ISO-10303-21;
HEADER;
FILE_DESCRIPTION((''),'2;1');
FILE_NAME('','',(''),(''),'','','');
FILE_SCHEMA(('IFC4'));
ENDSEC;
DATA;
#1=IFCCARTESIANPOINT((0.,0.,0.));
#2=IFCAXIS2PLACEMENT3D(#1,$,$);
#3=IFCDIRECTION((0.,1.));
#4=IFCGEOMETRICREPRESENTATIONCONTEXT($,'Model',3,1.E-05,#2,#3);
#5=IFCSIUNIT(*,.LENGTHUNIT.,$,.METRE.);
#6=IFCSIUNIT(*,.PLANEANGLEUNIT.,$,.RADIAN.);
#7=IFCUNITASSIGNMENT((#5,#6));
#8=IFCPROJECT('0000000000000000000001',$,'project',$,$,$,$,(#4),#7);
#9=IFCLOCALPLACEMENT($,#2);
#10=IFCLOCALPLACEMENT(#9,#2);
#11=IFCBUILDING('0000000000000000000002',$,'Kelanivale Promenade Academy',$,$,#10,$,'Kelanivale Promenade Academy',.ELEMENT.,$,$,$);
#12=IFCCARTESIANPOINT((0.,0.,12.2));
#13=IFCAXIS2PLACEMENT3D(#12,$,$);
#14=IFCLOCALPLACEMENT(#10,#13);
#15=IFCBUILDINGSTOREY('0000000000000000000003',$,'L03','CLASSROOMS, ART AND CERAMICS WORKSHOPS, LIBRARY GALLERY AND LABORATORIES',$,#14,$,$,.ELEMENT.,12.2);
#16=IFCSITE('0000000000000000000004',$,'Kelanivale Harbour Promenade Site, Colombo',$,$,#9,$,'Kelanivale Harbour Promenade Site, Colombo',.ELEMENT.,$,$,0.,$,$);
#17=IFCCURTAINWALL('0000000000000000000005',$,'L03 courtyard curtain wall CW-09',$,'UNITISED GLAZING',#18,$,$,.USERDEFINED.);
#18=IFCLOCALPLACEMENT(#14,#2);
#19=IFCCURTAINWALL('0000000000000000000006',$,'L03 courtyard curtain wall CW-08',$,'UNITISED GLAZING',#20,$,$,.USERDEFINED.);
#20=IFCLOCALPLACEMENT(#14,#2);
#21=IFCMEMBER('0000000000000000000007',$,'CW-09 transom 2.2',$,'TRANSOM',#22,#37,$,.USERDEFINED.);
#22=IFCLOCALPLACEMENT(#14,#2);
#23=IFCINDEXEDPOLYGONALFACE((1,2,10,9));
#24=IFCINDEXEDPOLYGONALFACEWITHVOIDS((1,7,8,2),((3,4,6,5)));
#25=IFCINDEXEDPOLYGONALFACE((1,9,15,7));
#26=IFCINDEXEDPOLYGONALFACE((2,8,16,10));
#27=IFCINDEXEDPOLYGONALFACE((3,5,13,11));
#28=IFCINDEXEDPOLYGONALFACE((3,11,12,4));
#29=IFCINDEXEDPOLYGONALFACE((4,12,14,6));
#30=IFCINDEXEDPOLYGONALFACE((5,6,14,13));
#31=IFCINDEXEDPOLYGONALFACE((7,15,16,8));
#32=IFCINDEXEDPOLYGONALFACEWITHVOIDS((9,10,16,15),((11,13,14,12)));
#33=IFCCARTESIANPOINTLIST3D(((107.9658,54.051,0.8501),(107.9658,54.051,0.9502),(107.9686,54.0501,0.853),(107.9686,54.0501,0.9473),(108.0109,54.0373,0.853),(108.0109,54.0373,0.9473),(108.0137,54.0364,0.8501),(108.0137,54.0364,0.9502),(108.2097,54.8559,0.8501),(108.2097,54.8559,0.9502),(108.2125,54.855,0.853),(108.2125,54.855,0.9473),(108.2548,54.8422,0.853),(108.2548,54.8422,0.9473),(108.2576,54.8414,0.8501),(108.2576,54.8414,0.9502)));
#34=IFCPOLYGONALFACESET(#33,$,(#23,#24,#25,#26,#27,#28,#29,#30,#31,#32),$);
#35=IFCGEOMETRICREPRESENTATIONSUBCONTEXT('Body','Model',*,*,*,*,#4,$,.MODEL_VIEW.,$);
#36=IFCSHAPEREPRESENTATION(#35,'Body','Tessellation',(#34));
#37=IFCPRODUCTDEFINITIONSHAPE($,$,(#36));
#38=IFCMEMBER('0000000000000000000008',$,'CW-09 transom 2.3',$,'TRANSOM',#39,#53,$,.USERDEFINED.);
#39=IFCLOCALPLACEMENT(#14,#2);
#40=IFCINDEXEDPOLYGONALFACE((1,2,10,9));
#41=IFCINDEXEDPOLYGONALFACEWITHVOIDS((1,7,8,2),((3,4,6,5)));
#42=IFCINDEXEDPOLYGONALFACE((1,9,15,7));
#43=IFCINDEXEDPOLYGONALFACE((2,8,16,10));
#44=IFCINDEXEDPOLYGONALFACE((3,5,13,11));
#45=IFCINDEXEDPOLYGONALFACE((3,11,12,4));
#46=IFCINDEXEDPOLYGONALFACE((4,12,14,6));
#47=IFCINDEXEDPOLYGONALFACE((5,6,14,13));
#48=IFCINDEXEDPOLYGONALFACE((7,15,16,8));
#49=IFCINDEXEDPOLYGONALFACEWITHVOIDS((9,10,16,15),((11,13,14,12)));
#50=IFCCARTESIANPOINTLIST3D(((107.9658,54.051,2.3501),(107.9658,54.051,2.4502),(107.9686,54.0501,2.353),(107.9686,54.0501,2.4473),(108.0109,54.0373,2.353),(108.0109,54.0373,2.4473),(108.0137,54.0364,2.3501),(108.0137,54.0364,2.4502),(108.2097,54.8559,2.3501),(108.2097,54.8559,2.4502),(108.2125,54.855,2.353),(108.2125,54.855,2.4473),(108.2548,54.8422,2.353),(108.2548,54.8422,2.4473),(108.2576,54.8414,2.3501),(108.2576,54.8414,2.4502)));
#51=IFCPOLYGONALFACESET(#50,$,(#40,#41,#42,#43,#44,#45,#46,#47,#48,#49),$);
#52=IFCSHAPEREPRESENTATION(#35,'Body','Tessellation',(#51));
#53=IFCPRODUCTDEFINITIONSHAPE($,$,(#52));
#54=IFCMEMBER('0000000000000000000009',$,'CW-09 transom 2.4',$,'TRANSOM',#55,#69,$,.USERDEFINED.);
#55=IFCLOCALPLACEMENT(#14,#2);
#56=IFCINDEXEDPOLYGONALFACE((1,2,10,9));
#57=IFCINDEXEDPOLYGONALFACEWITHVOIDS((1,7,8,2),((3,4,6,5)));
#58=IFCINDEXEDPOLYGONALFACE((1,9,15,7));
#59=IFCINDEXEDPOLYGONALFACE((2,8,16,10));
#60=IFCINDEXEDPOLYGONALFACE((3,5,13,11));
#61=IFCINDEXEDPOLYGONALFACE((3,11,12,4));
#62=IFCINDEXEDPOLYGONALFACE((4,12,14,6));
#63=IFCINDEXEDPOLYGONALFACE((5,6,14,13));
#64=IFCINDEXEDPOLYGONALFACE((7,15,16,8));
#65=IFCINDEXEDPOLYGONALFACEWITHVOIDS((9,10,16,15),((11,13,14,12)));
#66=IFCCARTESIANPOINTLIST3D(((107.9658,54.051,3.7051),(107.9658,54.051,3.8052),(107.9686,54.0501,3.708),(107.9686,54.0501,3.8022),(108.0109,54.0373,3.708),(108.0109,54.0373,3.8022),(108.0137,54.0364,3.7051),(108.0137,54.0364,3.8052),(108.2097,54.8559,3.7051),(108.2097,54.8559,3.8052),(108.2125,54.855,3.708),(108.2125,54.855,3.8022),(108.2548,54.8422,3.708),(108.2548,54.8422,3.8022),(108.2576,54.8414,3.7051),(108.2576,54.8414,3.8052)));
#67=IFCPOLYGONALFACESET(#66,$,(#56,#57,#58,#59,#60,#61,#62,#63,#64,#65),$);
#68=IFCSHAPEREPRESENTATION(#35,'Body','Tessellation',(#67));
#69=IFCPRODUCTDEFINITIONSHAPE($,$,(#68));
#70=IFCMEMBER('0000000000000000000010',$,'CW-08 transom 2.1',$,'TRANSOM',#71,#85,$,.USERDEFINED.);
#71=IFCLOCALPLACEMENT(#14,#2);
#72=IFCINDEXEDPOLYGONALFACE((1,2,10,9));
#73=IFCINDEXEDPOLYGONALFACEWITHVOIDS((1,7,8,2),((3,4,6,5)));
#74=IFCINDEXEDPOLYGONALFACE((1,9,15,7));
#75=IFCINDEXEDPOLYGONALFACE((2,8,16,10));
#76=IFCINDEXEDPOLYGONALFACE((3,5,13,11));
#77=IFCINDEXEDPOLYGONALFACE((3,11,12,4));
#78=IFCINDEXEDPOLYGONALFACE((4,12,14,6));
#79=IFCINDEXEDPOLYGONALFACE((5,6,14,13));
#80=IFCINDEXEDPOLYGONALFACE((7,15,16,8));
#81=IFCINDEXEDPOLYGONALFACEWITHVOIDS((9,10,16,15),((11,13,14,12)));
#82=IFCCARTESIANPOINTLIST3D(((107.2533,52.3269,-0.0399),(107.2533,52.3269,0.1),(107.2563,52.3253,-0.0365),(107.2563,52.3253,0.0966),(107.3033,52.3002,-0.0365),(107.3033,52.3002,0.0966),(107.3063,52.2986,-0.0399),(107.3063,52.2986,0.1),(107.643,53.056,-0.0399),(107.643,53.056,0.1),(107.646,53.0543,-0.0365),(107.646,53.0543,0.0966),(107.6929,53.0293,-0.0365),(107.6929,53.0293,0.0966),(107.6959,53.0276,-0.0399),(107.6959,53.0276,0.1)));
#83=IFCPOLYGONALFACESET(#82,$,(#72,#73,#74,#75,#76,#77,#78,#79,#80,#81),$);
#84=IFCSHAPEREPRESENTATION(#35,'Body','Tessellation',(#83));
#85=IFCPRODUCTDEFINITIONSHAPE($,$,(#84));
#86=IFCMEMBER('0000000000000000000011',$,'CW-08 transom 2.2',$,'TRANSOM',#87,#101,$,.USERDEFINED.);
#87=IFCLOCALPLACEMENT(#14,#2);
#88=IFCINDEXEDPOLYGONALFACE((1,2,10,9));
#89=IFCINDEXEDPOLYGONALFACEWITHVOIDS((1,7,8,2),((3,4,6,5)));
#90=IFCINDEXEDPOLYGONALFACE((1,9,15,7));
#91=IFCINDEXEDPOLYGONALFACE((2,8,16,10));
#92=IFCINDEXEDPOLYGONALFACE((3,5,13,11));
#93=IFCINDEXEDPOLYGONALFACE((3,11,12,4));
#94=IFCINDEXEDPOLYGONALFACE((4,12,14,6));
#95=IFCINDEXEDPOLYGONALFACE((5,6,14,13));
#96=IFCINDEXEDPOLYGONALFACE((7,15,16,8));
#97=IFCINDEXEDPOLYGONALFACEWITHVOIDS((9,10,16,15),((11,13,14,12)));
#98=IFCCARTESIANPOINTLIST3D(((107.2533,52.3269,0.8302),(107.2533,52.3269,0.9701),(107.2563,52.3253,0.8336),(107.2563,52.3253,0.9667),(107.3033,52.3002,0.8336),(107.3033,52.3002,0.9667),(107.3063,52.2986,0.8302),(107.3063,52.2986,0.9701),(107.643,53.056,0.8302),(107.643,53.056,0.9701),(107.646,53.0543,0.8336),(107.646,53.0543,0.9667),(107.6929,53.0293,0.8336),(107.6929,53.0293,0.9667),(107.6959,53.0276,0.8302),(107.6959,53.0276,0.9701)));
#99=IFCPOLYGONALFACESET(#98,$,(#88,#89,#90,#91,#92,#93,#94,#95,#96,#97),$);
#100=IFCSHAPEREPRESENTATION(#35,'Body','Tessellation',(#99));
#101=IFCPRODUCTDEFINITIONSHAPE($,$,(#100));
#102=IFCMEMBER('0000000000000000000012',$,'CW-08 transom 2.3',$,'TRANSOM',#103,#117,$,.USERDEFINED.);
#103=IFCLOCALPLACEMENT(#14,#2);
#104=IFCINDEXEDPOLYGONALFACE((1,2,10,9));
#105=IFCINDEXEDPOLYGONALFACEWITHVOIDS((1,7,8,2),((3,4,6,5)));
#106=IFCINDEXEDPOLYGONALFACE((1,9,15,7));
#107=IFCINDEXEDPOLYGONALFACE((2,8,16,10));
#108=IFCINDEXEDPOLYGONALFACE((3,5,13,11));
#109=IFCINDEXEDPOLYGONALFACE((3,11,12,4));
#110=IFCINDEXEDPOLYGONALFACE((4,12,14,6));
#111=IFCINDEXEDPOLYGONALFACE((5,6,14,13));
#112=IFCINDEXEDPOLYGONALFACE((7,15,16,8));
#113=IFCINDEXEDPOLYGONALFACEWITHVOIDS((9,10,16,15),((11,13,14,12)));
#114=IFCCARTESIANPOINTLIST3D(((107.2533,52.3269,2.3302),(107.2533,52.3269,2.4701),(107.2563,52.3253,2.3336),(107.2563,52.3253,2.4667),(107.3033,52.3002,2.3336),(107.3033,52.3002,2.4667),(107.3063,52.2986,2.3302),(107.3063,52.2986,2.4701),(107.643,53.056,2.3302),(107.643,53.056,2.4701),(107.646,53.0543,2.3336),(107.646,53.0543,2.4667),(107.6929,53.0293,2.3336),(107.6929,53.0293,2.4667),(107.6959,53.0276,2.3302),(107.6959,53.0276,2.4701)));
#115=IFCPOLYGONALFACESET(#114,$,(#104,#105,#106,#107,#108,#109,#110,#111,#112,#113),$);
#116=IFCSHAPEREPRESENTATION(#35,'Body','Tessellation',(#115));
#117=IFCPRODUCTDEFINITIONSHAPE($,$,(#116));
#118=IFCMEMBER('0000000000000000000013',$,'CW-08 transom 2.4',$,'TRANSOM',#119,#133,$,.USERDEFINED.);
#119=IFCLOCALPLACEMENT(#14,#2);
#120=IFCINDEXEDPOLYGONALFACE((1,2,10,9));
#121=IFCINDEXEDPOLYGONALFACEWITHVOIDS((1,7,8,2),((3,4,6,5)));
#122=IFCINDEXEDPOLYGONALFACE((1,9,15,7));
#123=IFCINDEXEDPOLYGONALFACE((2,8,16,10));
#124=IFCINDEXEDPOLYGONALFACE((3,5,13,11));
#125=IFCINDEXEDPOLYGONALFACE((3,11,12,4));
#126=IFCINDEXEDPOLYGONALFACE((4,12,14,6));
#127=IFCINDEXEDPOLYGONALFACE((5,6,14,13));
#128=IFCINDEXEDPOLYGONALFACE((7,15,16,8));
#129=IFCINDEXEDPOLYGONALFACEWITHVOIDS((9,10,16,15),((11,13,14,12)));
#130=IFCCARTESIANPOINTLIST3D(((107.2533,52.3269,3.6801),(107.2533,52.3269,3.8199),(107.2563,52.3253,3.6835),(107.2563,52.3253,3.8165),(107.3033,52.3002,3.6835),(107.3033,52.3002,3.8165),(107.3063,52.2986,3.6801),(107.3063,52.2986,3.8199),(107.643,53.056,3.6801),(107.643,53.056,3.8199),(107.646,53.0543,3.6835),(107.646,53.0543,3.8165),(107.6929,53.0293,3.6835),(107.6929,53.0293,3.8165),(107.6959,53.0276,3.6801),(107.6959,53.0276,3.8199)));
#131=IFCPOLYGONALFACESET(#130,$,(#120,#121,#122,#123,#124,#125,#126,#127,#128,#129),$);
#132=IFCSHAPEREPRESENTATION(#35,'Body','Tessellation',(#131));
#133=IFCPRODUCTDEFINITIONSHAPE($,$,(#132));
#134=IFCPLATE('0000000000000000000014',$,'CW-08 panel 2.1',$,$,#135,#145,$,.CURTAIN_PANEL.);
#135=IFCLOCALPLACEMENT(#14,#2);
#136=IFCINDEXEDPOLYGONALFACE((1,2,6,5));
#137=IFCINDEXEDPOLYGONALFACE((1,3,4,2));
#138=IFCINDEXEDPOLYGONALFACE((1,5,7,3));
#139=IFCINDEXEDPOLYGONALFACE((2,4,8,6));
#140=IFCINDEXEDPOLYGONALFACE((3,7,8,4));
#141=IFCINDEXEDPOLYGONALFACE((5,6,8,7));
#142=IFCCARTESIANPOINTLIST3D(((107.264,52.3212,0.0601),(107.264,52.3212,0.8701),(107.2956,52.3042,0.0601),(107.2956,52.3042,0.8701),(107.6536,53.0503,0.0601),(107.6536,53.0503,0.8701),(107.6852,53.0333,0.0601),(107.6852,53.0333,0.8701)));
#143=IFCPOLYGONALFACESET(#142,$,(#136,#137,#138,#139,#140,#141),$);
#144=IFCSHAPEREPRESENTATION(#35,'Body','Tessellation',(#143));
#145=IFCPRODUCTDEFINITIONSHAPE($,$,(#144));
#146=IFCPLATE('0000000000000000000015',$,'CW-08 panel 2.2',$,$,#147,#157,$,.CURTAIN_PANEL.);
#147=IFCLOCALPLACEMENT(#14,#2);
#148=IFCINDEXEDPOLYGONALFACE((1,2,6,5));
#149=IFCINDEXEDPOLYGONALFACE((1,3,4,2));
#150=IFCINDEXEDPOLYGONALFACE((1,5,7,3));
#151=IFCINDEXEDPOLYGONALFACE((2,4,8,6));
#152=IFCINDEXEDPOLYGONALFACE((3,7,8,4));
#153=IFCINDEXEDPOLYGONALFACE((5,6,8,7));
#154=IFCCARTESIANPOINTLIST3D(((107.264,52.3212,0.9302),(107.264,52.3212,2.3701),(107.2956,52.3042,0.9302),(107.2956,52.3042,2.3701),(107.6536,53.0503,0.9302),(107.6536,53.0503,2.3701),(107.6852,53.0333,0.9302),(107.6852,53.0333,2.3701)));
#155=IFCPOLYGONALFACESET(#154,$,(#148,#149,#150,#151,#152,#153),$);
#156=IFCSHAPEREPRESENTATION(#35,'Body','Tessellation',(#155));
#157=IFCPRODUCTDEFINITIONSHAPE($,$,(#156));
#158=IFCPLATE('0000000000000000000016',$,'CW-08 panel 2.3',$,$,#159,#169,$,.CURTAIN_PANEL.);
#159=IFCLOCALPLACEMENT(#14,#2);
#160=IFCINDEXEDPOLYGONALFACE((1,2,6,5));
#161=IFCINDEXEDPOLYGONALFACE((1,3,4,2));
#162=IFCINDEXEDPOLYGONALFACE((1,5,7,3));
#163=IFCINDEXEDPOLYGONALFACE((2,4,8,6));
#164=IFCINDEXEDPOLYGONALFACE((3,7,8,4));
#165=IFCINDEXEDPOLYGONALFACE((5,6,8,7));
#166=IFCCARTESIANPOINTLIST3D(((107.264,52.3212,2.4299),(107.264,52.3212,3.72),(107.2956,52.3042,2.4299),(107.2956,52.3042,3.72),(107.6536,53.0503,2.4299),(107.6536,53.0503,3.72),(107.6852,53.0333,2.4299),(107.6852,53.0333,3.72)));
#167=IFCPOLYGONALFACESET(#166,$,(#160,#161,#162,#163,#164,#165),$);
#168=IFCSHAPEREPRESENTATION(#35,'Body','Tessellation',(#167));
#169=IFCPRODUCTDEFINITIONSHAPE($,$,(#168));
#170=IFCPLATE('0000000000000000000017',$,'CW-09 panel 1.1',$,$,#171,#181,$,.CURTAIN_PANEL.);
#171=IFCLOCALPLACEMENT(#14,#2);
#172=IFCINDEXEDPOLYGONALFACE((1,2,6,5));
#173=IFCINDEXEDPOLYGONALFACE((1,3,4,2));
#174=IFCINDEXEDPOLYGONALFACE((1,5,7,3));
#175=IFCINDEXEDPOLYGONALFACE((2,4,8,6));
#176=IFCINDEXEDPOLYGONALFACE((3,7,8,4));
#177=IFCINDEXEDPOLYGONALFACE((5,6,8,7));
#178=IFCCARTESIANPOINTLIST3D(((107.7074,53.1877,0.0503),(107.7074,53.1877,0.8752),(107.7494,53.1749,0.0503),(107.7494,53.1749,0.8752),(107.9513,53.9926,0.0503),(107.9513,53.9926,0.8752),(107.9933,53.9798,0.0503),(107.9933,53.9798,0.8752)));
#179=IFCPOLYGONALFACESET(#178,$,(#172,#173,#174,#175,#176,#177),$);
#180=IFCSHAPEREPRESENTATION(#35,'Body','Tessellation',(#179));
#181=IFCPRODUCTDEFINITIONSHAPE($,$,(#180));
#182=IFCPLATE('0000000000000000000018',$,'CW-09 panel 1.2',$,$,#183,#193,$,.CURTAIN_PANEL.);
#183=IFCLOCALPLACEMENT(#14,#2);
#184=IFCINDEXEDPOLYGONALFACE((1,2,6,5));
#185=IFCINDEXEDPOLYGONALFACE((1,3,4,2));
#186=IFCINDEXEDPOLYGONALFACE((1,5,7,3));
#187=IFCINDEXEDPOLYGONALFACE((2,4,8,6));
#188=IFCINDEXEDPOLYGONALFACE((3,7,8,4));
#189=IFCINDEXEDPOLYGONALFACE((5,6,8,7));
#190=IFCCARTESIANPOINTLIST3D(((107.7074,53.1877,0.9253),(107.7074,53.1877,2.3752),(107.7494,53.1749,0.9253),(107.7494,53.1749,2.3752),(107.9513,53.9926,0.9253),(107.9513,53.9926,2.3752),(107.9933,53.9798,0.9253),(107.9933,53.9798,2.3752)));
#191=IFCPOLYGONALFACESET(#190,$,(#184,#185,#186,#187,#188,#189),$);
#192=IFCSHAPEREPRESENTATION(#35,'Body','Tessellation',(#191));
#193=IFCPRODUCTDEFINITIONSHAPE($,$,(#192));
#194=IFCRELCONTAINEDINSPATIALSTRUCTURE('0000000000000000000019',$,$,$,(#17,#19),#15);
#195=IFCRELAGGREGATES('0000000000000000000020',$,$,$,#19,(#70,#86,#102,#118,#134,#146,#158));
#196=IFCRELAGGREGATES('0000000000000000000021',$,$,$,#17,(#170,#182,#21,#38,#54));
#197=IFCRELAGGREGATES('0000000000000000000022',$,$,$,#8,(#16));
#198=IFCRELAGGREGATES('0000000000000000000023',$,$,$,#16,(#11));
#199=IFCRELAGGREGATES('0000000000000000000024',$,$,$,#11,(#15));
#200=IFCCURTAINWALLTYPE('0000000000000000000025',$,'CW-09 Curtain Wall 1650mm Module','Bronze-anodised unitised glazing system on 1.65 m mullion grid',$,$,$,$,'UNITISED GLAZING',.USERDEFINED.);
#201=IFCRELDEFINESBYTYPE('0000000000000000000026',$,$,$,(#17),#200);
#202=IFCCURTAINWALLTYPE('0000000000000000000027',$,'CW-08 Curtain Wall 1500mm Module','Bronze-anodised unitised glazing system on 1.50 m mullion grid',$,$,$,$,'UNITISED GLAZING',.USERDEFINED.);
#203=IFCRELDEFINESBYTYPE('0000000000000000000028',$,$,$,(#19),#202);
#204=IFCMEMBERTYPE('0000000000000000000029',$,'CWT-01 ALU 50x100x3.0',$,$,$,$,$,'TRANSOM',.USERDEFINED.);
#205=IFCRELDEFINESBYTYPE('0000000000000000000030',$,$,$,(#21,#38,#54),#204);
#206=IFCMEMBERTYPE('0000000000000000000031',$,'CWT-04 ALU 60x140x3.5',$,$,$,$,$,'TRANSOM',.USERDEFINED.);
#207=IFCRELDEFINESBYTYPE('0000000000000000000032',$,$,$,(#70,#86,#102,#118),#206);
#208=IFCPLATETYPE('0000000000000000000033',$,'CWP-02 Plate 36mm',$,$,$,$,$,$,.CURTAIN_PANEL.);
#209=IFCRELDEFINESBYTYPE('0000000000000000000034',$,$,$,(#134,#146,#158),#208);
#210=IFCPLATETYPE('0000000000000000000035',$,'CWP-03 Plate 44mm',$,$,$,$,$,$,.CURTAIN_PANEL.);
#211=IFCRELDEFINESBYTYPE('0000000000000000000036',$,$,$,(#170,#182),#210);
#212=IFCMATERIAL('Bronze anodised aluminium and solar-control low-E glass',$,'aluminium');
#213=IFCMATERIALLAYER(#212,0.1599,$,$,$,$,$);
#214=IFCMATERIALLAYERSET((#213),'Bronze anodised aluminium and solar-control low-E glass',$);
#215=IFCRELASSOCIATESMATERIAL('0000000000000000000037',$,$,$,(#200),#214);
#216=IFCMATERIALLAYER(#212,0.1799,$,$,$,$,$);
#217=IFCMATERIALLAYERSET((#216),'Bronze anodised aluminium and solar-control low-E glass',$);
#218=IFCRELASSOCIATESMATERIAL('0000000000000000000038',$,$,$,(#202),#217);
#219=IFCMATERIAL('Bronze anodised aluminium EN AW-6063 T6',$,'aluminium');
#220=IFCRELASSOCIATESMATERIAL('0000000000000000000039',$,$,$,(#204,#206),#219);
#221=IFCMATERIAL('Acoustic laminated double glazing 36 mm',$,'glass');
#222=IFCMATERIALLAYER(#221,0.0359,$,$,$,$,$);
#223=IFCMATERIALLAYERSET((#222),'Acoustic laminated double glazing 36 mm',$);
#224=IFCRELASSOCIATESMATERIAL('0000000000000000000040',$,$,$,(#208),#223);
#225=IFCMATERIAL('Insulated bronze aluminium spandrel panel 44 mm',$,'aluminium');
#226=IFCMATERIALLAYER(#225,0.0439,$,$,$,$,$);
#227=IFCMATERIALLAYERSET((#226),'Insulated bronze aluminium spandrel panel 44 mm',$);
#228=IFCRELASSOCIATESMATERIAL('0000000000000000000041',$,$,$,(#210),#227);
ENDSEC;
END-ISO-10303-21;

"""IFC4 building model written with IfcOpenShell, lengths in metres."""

from ifc_helpers import new_model, si_unit, direction, frame, origin, origin_2d, place, context, subcontext, project, spatial, rectangle, hollow_rectangle, extrude, material, layer, layer_set, material_profile, profile_set, type_object, element, aggregate, save


model = new_model("IFC4")

# Units and contexts
model_context = context("Model", 3, precision=1e-05, world=origin(), true_north=direction((0.0, 1.0)))
body_context = subcontext(model_context, "Body", "Model", "MODEL_VIEW")
ifc_project = project(units=[si_unit("LENGTHUNIT", "METRE"), si_unit("PLANEANGLEUNIT", "RADIAN")], contexts=[model_context])

# Site, building, storey
site_placement = place(None, origin())
site = spatial("IfcSite", under=ifc_project, at=site_placement, Name="Kelanivale Harbour Promenade Site, Colombo", LongName="Kelanivale Harbour Promenade Site, Colombo", CompositionType="ELEMENT", RefElevation=0.0)
building_placement = place(site_placement, origin())
building = spatial("IfcBuilding", under=site, at=building_placement, Name="Kelanivale Promenade Academy", LongName="Kelanivale Promenade Academy", CompositionType="ELEMENT")
storey_placement = place(building_placement, frame((0.0, 0.0, 12.2)))
storey = spatial("IfcBuildingStorey", under=building, at=storey_placement, Name="L03", Description="CLASSROOMS, ART AND CERAMICS WORKSHOPS, LIBRARY GALLERY AND LABORATORIES", CompositionType="ELEMENT", Elevation=12.2)

# Curtain wall
ifc_material_1 = material(Name="Bronze anodised aluminium and solar-control low-E glass", Category="aluminium")
ifc_layer_1 = layer(ifc_material_1, 0.1599)
ifc_layer_set_1 = layer_set([ifc_layer_1], Name="Bronze anodised aluminium and solar-control low-E glass")
curtain_wall_type_1 = type_object("IfcCurtainWallType", Name="CW-09 Curtain Wall 1650mm Module", Description="Bronze-anodised unitised glazing system on 1.65 m mullion grid", ElementType="UNITISED GLAZING", PredefinedType="USERDEFINED", material=ifc_layer_set_1)
curtain_wall_1_placement = place(storey_placement, origin())
curtain_wall_1 = element("IfcCurtainWall", 1, at=curtain_wall_1_placement, inside=storey, type_object=curtain_wall_type_1, Name="L03 courtyard curtain wall CW-09", ObjectType="UNITISED GLAZING", PredefinedType="USERDEFINED")
ifc_material_2 = material(Name="Bronze anodised aluminium EN AW-6063 T6", Category="aluminium")

# Curtain wall
ifc_layer_2 = layer(ifc_material_1, 0.1799)
ifc_layer_set_2 = layer_set([ifc_layer_2], Name="Bronze anodised aluminium and solar-control low-E glass")
curtain_wall_type_2 = type_object("IfcCurtainWallType", Name="CW-08 Curtain Wall 1500mm Module", Description="Bronze-anodised unitised glazing system on 1.50 m mullion grid", ElementType="UNITISED GLAZING", PredefinedType="USERDEFINED", material=ifc_layer_set_2)
curtain_wall_2_placement = place(storey_placement, origin())
curtain_wall_2 = element("IfcCurtainWall", 2, at=curtain_wall_2_placement, inside=storey, type_object=curtain_wall_type_2, Name="L03 courtyard curtain wall CW-08", ObjectType="UNITISED GLAZING", PredefinedType="USERDEFINED")

# Members
ifc_material_profile_1 = material_profile(ifc_material_2, hollow_rectangle(XDim=0.05, YDim=0.1001, WallThickness=0.0029, at=origin_2d()), Name="ALU 50x100x3.0")
ifc_profile_set_1 = profile_set([ifc_material_profile_1], Name="Bronze anodised aluminium EN AW-6063 T6")
member_type_1 = type_object("IfcMemberType", Name="CWT-01 ALU 50x100x3.0", ElementType="TRANSOM", PredefinedType="USERDEFINED", material=ifc_profile_set_1)
member_1_placement = place(storey_placement, frame((107.9897, 54.0437, 0.9001), z_axis=(0.289983, 0.957032, 0.0), x_axis=(-0.957032, 0.289983, 0.0)))
member_1 = element("IfcMember", 3, at=member_1_placement, type_object=member_type_1, Name="CW-09 transom 2.2", ObjectType="TRANSOM", PredefinedType="USERDEFINED", context=body_context, shape_type="SweptSolid", body=[
    extrude(hollow_rectangle(XDim=0.05, YDim=0.1001, WallThickness=0.0029, at=origin_2d()), origin(), (0.0, 0.0, 1.0), 0.8411),
])
member_2_placement = place(storey_placement, frame((107.9897, 54.0437, 2.4001), z_axis=(0.289983, 0.957032, 0.0), x_axis=(-0.957032, 0.289983, 0.0)))
member_2 = element("IfcMember", 4, at=member_2_placement, type_object=member_type_1, Name="CW-09 transom 2.3", ObjectType="TRANSOM", PredefinedType="USERDEFINED", context=body_context, shape_type="SweptSolid", body=[
    extrude(hollow_rectangle(XDim=0.05, YDim=0.1001, WallThickness=0.0029, at=origin_2d()), origin(), (0.0, 0.0, 1.0), 0.8411),
])
member_3_placement = place(storey_placement, frame((107.9897, 54.0437, 3.7551), z_axis=(0.289983, 0.957032, 0.0), x_axis=(-0.957032, 0.289983, 0.0)))
member_3 = element("IfcMember", 5, at=member_3_placement, type_object=member_type_1, Name="CW-09 transom 2.4", ObjectType="TRANSOM", PredefinedType="USERDEFINED", context=body_context, shape_type="SweptSolid", body=[
    extrude(hollow_rectangle(XDim=0.05, YDim=0.1001, WallThickness=0.0029, at=origin_2d()), origin(), (0.0, 0.0, 1.0), 0.8411),
])
ifc_material_profile_2 = material_profile(ifc_material_2, hollow_rectangle(XDim=0.0601, YDim=0.1399, WallThickness=0.0034, at=origin_2d()), Name="ALU 60x140x3.5")
ifc_profile_set_2 = profile_set([ifc_material_profile_2], Name="Bronze anodised aluminium EN AW-6063 T6")
member_type_2 = type_object("IfcMemberType", Name="CWT-04 ALU 60x140x3.5", ElementType="TRANSOM", PredefinedType="USERDEFINED", material=ifc_profile_set_2)
member_4_placement = place(storey_placement, frame((107.2798, 52.3127, 0.03), z_axis=(0.471385, 0.881927, 0.0), x_axis=(-0.881927, 0.471385, 0.0)))
member_4 = element("IfcMember", 6, at=member_4_placement, type_object=member_type_2, Name="CW-08 transom 2.1", ObjectType="TRANSOM", PredefinedType="USERDEFINED", context=body_context, shape_type="SweptSolid", body=[
    extrude(hollow_rectangle(XDim=0.0601, YDim=0.1399, WallThickness=0.0034, at=origin_2d()), origin(), (0.0, 0.0, 1.0), 0.8267),
])
member_5_placement = place(storey_placement, frame((107.2798, 52.3127, 0.9001), z_axis=(0.471385, 0.881927, 0.0), x_axis=(-0.881927, 0.471385, 0.0)))
member_5 = element("IfcMember", 7, at=member_5_placement, type_object=member_type_2, Name="CW-08 transom 2.2", ObjectType="TRANSOM", PredefinedType="USERDEFINED", context=body_context, shape_type="SweptSolid", body=[
    extrude(hollow_rectangle(XDim=0.0601, YDim=0.1399, WallThickness=0.0034, at=origin_2d()), origin(), (0.0, 0.0, 1.0), 0.8267),
])
member_6_placement = place(storey_placement, frame((107.2798, 52.3127, 2.4001), z_axis=(0.471385, 0.881927, 0.0), x_axis=(-0.881927, 0.471385, 0.0)))
member_6 = element("IfcMember", 8, at=member_6_placement, type_object=member_type_2, Name="CW-08 transom 2.3", ObjectType="TRANSOM", PredefinedType="USERDEFINED", context=body_context, shape_type="SweptSolid", body=[
    extrude(hollow_rectangle(XDim=0.0601, YDim=0.1399, WallThickness=0.0034, at=origin_2d()), origin(), (0.0, 0.0, 1.0), 0.8267),
])
member_7_placement = place(storey_placement, frame((107.2798, 52.3127, 3.75), z_axis=(0.471385, 0.881927, 0.0), x_axis=(-0.881927, 0.471385, 0.0)))
member_7 = element("IfcMember", 9, at=member_7_placement, type_object=member_type_2, Name="CW-08 transom 2.4", ObjectType="TRANSOM", PredefinedType="USERDEFINED", context=body_context, shape_type="SweptSolid", body=[
    extrude(hollow_rectangle(XDim=0.0601, YDim=0.1399, WallThickness=0.0034, at=origin_2d()), origin(), (0.0, 0.0, 1.0), 0.8267),
])

# Plates
ifc_material_3 = material(Name="Acoustic laminated double glazing 36 mm", Category="glass")
ifc_layer_3 = layer(ifc_material_3, 0.0359)
ifc_layer_set_3 = layer_set([ifc_layer_3], Name="Acoustic laminated double glazing 36 mm")
plate_type_1 = type_object("IfcPlateType", Name="CWP-02 Plate 36mm", PredefinedType="CURTAIN_PANEL", material=ifc_layer_set_3)
plate_1_placement = place(storey_placement, frame((107.4746, 52.6772, 0.0601), z_axis=(0.0, 0.0, 1.0), x_axis=(0.47129, 0.881978, 0.0)))
plate_1 = element("IfcPlate", 10, at=plate_1_placement, type_object=plate_type_1, Name="CW-08 panel 2.1", PredefinedType="CURTAIN_PANEL", context=body_context, shape_type="SweptSolid", body=[
    extrude(rectangle(XDim=0.8267, YDim=0.0359, at=origin_2d()), origin(), (0.0, 0.0, 1.0), 0.8101),
])
plate_2_placement = place(storey_placement, frame((107.4746, 52.6772, 0.9302), z_axis=(0.0, 0.0, 1.0), x_axis=(0.47129, 0.881978, 0.0)))
plate_2 = element("IfcPlate", 11, at=plate_2_placement, type_object=plate_type_1, Name="CW-08 panel 2.2", PredefinedType="CURTAIN_PANEL", context=body_context, shape_type="SweptSolid", body=[
    extrude(rectangle(XDim=0.8267, YDim=0.0359, at=origin_2d()), origin(), (0.0, 0.0, 1.0), 1.4399),
])
plate_3_placement = place(storey_placement, frame((107.4746, 52.6772, 2.4299), z_axis=(0.0, 0.0, 1.0), x_axis=(0.47129, 0.881978, 0.0)))
plate_3 = element("IfcPlate", 12, at=plate_3_placement, type_object=plate_type_1, Name="CW-08 panel 2.3", PredefinedType="CURTAIN_PANEL", context=body_context, shape_type="SweptSolid", body=[
    extrude(rectangle(XDim=0.8267, YDim=0.0359, at=origin_2d()), origin(), (0.0, 0.0, 1.0), 1.29),
])
aggregate(curtain_wall_2, [member_4, member_5, member_6, member_7, plate_1, plate_2, plate_3])
ifc_material_4 = material(Name="Insulated bronze aluminium spandrel panel 44 mm", Category="aluminium")
ifc_layer_4 = layer(ifc_material_4, 0.0439)
ifc_layer_set_4 = layer_set([ifc_layer_4], Name="Insulated bronze aluminium spandrel panel 44 mm")
plate_type_2 = type_object("IfcPlateType", Name="CWP-03 Plate 44mm", PredefinedType="CURTAIN_PANEL", material=ifc_layer_set_4)
plate_4_placement = place(storey_placement, frame((107.8503, 53.5837, 0.0503), z_axis=(0.0, 0.0, 1.0), x_axis=(0.290007, 0.957024, 0.0)))
plate_4 = element("IfcPlate", 13, at=plate_4_placement, type_object=plate_type_2, Name="CW-09 panel 1.1", PredefinedType="CURTAIN_PANEL", context=body_context, shape_type="SweptSolid", body=[
    extrude(rectangle(XDim=0.8411, YDim=0.0439, at=origin_2d()), origin(), (0.0, 0.0, 1.0), 0.825),
])
plate_5_placement = place(storey_placement, frame((107.8503, 53.5837, 0.9253), z_axis=(0.0, 0.0, 1.0), x_axis=(0.290007, 0.957024, 0.0)))
plate_5 = element("IfcPlate", 14, at=plate_5_placement, type_object=plate_type_2, Name="CW-09 panel 1.2", PredefinedType="CURTAIN_PANEL", context=body_context, shape_type="SweptSolid", body=[
    extrude(rectangle(XDim=0.8411, YDim=0.0439, at=origin_2d()), origin(), (0.0, 0.0, 1.0), 1.45),
])
aggregate(curtain_wall_1, [plate_4, plate_5, member_1, member_2, member_3])

save(model, "model.ifc")
